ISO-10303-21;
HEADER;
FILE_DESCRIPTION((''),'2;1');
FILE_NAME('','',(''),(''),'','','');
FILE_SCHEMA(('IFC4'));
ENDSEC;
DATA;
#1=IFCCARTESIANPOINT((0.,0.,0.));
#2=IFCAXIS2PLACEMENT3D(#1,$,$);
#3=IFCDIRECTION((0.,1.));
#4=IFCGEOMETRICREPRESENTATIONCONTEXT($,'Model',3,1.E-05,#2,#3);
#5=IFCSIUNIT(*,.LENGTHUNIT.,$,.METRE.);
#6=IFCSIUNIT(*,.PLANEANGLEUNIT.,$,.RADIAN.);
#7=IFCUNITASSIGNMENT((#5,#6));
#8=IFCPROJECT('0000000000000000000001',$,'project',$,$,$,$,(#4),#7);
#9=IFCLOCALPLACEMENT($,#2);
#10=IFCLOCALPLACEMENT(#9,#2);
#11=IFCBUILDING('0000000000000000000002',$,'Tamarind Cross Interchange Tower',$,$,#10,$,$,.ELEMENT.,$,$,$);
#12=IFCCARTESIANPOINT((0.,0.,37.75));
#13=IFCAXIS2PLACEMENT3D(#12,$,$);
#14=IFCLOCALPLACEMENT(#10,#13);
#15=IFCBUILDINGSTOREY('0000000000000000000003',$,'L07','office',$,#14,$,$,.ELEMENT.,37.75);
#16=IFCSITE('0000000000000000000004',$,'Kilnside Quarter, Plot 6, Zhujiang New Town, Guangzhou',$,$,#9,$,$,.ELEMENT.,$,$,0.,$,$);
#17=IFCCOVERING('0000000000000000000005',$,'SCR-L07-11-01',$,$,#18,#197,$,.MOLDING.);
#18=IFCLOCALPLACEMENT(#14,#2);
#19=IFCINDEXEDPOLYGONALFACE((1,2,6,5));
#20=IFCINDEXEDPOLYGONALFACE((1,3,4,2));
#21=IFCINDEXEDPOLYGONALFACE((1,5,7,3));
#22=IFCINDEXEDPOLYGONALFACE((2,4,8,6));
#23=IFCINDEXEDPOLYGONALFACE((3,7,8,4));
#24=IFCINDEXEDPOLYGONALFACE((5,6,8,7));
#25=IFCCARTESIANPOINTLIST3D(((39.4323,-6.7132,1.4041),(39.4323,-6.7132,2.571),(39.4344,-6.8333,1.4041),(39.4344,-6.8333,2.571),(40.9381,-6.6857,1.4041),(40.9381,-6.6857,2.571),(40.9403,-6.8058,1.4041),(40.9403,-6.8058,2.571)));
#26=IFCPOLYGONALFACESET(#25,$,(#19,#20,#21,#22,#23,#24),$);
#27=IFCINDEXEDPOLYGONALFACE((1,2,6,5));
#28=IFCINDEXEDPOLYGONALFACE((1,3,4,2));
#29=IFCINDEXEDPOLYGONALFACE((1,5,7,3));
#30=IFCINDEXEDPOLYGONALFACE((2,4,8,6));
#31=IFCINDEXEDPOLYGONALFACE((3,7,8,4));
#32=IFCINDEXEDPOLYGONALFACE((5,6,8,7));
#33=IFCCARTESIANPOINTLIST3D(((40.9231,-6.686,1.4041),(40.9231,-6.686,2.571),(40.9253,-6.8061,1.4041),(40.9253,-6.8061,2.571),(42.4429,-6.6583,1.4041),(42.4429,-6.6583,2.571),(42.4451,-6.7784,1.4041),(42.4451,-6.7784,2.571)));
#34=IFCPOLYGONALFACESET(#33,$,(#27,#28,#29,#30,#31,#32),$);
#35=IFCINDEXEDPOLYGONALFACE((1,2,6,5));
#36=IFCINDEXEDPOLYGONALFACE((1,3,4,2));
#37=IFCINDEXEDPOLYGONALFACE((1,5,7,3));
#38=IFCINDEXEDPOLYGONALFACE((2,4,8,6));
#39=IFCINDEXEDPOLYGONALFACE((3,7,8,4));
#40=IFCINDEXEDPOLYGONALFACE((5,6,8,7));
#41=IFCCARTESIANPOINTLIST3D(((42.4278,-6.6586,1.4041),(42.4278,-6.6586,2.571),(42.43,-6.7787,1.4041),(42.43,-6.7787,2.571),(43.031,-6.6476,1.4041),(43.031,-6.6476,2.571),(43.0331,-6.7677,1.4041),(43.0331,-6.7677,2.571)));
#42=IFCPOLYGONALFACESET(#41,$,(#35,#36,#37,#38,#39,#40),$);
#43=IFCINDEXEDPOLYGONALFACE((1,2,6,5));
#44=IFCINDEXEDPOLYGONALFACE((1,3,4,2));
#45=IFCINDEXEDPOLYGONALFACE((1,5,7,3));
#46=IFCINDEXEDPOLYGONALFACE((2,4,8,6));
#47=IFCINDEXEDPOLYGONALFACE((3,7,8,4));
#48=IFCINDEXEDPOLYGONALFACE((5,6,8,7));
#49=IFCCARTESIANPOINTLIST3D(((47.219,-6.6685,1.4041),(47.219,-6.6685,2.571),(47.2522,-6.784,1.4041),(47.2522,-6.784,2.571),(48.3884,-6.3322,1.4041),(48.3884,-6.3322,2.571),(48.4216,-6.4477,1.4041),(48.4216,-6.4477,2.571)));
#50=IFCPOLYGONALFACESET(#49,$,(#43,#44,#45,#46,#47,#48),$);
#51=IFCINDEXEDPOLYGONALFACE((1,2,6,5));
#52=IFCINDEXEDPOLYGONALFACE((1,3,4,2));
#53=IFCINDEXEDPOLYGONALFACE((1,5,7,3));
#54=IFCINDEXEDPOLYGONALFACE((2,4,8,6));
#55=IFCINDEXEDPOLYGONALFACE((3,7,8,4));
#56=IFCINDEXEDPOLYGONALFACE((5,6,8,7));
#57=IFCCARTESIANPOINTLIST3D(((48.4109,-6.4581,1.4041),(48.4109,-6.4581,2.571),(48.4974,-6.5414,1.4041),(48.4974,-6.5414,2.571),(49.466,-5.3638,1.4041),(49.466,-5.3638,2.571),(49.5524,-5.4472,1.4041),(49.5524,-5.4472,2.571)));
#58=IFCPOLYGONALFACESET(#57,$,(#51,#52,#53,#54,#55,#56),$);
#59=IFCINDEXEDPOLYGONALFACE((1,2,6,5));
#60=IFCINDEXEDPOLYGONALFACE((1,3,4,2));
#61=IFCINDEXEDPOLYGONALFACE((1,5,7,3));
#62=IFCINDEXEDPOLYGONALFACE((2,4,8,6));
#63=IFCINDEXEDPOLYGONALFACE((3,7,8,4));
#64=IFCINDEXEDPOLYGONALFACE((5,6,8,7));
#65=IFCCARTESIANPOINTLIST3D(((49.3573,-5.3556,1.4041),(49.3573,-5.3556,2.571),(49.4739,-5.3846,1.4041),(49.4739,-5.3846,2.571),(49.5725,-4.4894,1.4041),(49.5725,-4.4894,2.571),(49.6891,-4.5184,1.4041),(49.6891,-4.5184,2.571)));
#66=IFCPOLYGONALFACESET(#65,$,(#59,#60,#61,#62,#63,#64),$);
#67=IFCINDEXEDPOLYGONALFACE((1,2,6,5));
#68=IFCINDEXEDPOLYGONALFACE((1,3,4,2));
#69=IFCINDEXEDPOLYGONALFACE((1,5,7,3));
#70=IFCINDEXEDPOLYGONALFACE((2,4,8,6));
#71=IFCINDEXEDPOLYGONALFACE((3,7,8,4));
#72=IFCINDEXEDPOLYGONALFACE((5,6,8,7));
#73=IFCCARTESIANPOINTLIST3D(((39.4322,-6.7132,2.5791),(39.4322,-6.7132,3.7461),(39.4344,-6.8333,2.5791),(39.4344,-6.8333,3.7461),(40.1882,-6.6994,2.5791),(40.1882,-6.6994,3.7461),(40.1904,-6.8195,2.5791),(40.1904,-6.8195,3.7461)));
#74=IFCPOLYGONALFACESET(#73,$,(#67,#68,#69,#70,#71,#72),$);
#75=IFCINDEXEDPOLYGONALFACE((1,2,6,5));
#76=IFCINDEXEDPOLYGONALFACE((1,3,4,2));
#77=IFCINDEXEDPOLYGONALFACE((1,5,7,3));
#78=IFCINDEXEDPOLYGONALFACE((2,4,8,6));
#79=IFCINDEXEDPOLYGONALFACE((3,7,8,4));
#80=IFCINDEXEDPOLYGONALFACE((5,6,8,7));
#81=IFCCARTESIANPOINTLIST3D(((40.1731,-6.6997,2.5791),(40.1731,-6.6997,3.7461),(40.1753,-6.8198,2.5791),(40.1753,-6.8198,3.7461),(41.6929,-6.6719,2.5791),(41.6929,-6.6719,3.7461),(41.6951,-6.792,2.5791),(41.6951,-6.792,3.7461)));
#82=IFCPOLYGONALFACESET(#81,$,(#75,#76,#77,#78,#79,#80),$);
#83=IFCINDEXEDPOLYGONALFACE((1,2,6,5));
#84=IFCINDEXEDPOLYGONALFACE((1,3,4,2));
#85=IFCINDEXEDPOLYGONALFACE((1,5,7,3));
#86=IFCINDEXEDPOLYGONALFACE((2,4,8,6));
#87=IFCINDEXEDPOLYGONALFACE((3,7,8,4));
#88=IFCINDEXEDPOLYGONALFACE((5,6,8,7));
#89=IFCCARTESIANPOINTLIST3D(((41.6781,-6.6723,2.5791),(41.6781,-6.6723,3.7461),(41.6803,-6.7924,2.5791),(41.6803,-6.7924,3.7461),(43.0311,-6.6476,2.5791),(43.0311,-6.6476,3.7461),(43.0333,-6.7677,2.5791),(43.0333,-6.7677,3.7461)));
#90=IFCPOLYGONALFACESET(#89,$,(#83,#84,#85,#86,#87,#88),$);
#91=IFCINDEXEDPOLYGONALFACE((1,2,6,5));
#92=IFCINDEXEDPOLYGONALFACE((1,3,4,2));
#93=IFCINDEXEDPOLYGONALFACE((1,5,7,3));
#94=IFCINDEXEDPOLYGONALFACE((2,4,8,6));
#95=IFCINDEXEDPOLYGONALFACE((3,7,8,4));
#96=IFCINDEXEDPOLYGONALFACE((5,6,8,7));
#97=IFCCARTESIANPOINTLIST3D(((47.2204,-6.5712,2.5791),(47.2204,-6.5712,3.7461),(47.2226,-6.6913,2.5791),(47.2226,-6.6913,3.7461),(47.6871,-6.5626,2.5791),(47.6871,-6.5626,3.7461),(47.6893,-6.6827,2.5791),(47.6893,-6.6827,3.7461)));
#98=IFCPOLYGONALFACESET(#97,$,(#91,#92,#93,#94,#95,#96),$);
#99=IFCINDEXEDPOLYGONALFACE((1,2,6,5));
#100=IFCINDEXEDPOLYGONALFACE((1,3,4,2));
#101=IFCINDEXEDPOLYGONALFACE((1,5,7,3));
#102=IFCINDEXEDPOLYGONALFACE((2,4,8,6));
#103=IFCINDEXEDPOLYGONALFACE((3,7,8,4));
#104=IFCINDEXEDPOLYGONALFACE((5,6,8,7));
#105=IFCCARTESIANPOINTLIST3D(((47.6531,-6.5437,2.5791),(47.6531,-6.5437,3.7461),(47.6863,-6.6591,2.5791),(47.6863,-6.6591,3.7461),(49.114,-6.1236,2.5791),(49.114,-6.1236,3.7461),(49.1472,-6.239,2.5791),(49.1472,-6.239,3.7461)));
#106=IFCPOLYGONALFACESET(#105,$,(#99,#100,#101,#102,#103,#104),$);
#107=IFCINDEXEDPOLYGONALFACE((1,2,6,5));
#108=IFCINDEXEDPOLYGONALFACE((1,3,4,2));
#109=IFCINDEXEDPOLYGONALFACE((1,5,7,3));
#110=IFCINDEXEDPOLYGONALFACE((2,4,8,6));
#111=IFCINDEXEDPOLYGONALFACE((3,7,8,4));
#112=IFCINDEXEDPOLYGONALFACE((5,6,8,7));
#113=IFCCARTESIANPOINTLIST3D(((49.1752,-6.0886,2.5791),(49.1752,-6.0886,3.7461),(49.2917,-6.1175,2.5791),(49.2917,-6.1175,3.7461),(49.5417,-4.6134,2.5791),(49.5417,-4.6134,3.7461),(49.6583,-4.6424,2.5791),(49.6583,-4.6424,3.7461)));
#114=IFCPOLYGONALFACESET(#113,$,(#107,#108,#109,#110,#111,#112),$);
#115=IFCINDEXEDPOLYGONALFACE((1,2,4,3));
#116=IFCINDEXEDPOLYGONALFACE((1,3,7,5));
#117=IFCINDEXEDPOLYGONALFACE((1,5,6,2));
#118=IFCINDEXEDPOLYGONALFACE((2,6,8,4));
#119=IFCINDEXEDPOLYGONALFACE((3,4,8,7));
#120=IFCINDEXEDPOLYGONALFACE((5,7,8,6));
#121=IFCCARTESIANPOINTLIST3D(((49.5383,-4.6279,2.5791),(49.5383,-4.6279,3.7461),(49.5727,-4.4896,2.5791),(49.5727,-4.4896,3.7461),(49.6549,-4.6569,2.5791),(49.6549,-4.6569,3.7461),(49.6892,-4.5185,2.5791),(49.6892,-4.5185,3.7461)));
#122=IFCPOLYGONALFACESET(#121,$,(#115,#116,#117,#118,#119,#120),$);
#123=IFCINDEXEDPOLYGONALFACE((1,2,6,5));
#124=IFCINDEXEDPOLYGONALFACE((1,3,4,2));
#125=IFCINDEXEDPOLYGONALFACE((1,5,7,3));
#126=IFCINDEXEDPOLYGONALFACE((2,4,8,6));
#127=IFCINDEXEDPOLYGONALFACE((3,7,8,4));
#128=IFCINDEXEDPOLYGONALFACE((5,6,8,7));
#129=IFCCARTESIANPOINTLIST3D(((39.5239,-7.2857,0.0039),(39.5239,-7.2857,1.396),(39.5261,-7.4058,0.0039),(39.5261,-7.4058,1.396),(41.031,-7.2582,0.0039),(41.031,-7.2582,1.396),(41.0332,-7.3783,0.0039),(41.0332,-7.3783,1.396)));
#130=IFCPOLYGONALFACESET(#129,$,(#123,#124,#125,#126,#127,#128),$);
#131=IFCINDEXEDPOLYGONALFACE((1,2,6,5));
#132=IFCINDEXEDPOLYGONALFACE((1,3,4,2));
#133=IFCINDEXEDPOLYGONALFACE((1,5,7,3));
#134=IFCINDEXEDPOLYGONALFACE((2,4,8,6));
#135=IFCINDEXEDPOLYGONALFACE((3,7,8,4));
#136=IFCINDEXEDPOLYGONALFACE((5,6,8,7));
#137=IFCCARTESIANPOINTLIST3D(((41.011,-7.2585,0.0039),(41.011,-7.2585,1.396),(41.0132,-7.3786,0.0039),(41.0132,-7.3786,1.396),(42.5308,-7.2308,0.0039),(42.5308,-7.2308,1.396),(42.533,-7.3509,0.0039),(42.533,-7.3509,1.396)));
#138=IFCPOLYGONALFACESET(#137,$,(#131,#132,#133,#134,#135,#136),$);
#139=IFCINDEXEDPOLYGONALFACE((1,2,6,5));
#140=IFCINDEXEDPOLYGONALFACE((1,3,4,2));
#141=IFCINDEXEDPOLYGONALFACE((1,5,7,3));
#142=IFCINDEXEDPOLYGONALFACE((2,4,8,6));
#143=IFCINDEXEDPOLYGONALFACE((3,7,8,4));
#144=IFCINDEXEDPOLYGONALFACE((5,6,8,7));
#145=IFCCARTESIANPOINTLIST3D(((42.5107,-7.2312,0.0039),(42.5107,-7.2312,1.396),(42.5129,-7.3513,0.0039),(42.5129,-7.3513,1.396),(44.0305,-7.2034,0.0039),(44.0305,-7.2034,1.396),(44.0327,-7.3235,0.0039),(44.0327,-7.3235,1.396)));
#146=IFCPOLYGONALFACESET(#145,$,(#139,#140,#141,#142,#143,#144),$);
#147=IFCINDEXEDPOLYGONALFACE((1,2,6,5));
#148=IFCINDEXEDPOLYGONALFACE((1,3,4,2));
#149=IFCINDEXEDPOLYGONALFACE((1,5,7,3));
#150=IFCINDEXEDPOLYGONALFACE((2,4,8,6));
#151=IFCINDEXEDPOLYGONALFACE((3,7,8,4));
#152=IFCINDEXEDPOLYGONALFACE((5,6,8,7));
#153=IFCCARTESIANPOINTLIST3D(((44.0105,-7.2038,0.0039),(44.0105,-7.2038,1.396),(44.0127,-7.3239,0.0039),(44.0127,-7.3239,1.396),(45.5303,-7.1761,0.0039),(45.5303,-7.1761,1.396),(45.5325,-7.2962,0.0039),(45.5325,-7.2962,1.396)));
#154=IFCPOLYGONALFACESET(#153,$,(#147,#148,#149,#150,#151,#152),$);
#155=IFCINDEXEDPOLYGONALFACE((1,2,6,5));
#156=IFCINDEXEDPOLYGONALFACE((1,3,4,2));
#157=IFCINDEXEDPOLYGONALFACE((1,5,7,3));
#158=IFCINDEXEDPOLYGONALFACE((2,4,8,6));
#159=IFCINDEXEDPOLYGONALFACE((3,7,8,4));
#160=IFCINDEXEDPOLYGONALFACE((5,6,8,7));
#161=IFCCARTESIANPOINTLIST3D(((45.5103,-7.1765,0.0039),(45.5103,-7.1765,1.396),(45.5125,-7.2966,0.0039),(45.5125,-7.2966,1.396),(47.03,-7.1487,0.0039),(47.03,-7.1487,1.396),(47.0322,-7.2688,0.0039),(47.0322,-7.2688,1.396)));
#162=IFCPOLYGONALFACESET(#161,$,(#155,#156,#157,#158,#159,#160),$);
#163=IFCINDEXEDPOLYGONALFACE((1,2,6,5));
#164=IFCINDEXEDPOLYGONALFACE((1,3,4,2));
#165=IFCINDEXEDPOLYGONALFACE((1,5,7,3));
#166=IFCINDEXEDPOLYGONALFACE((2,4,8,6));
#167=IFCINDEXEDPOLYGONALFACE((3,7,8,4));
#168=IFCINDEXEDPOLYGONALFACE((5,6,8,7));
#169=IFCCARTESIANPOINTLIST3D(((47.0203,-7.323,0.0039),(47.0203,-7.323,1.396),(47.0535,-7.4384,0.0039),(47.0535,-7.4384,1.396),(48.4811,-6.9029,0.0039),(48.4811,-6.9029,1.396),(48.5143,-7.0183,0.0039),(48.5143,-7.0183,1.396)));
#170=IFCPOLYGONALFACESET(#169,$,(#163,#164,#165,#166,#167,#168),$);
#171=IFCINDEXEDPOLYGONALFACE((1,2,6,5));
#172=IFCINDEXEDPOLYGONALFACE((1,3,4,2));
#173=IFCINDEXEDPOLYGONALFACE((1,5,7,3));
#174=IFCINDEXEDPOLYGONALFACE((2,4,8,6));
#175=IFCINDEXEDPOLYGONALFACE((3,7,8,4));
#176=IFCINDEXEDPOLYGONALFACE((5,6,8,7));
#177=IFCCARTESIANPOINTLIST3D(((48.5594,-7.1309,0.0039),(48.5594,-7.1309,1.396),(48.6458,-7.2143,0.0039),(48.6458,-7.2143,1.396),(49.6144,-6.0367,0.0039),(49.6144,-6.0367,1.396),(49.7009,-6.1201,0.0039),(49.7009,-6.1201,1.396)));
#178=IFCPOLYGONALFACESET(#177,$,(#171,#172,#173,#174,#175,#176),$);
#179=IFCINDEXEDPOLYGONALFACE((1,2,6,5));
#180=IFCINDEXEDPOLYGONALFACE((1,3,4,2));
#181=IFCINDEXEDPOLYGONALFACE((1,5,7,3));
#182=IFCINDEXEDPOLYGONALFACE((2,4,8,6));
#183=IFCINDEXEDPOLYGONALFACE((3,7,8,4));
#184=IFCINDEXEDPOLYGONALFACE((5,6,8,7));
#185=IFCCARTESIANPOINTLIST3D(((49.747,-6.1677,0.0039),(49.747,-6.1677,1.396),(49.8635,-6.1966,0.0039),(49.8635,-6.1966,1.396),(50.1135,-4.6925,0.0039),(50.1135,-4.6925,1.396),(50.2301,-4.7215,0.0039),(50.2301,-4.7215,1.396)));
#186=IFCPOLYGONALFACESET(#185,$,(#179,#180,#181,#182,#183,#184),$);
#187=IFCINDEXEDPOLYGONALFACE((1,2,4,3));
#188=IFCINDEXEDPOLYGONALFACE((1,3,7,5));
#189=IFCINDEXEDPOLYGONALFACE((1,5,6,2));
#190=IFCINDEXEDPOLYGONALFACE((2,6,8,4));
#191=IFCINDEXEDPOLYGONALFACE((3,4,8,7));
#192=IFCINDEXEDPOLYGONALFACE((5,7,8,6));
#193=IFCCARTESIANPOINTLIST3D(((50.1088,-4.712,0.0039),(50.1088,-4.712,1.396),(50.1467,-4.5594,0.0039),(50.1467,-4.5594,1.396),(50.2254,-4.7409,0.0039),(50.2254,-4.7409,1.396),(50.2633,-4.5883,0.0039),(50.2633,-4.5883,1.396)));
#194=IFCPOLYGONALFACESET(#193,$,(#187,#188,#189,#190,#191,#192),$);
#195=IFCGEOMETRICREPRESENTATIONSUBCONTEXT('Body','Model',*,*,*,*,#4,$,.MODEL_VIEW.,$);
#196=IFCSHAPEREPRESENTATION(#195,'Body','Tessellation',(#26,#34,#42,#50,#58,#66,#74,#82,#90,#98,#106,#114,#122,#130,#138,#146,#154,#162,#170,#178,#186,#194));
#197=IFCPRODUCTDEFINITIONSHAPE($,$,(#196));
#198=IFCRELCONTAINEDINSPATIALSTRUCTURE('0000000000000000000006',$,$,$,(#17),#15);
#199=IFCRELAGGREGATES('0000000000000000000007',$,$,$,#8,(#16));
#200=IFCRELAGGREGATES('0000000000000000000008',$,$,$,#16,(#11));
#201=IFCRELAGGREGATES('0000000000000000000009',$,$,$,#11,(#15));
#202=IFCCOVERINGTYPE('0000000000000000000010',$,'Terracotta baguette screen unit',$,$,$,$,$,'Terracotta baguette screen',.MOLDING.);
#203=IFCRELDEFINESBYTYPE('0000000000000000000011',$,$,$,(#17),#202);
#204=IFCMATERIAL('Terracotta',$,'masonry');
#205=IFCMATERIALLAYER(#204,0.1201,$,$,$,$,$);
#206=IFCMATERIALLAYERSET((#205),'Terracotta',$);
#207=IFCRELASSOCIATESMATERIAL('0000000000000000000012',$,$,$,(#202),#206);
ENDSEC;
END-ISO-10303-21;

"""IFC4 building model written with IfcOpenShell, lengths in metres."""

from ifc_helpers import new_model, si_unit, direction, frame, origin, origin_2d, place, context, subcontext, project, spatial, rectangle, extrude, material, layer, layer_set, type_object, element, save


model = new_model("IFC4")

# Units and contexts
model_context = context("Model", 3, precision=1e-05, world=origin(), true_north=direction((0.0, 1.0)))
body_context = subcontext(model_context, "Body", "Model", "MODEL_VIEW")
ifc_project = project(units=[si_unit("LENGTHUNIT", "METRE"), si_unit("PLANEANGLEUNIT", "RADIAN")], contexts=[model_context])

# Site, building, storey
site_placement = place(None, origin())
site = spatial("IfcSite", under=ifc_project, at=site_placement, Name="Kilnside Quarter, Plot 6, Zhujiang New Town, Guangzhou", CompositionType="ELEMENT", RefElevation=0.0)
building_placement = place(site_placement, origin())
building = spatial("IfcBuilding", under=site, at=building_placement, Name="Tamarind Cross Interchange Tower", CompositionType="ELEMENT")
storey_placement = place(building_placement, frame((0.0, 0.0, 37.75)))
storey = spatial("IfcBuildingStorey", under=building, at=storey_placement, Name="L07", Description="office", CompositionType="ELEMENT", Elevation=37.75)

# Covering
ifc_material_1 = material(Name="Terracotta", Category="masonry")
ifc_layer_1 = layer(ifc_material_1, 0.1201)
ifc_layer_set_1 = layer_set([ifc_layer_1], Name="Terracotta")
covering_type = type_object("IfcCoveringType", Name="Terracotta baguette screen unit", ElementType="Terracotta baguette screen", PredefinedType="MOLDING", material=ifc_layer_set_1)
covering_1_placement = place(storey_placement, origin())
element("IfcCovering", 1, at=covering_1_placement, inside=storey, type_object=covering_type, Name="SCR-L07-11-01", PredefinedType="MOLDING", context=body_context, shape_type="SweptSolid", body=[
    extrude(rectangle(XDim=1.5061, YDim=0.1201, at=origin_2d()), frame((40.1863, -6.7595, 1.4041), z_axis=(0.0, 0.0, 1.0), x_axis=(0.999834, 0.018234, 0.0)), (0.0, 0.0, 1.0), 1.167),
    extrude(rectangle(XDim=1.52, YDim=0.1201, at=origin_2d()), frame((41.6841, -6.7322, 1.4041), z_axis=(0.0, 0.0, 1.0), x_axis=(0.999834, 0.018234, 0.0)), (0.0, 0.0, 1.0), 1.167),
    extrude(rectangle(XDim=0.6033, YDim=0.1201, at=origin_2d()), frame((42.7305, -6.7131, 1.4041), z_axis=(0.0, 0.0, 1.0), x_axis=(0.999834, 0.018234, 0.0)), (0.0, 0.0, 1.0), 1.167),
    extrude(rectangle(XDim=1.2168, YDim=0.1201, at=origin_2d()), frame((47.8203, -6.5581, 1.4041), z_axis=(0.0, 0.0, 1.0), x_axis=(0.961046, 0.276389, 0.0)), (0.0, 0.0, 1.0), 1.167),
    extrude(rectangle(XDim=1.52, YDim=0.1201, at=origin_2d()), frame((48.9817, -5.9526, 1.4041), z_axis=(0.0, 0.0, 1.0), x_axis=(0.694096, 0.719883, 0.0)), (0.0, 0.0, 1.0), 1.167),
    extrude(rectangle(XDim=0.8926, YDim=0.1201, at=origin_2d()), frame((49.5232, -4.937, 1.4041), z_axis=(0.0, 0.0, 1.0), x_axis=(0.241163, 0.970485, 0.0)), (0.0, 0.0, 1.0), 1.167),
    extrude(rectangle(XDim=0.7561, YDim=0.1201, at=origin_2d()), frame((39.8113, -6.7664, 2.5791), z_axis=(0.0, 0.0, 1.0), x_axis=(0.999834, 0.018234, 0.0)), (0.0, 0.0, 1.0), 1.167),
    extrude(rectangle(XDim=1.52, YDim=0.1201, at=origin_2d()), frame((40.9341, -6.7458, 2.5791), z_axis=(0.0, 0.0, 1.0), x_axis=(0.999834, 0.018234, 0.0)), (0.0, 0.0, 1.0), 1.167),
    extrude(rectangle(XDim=1.3533, YDim=0.1201, at=origin_2d()), frame((42.3557, -6.72, 2.5791), z_axis=(0.0, 0.0, 1.0), x_axis=(0.999834, 0.018234, 0.0)), (0.0, 0.0, 1.0), 1.167),
    extrude(rectangle(XDim=0.4668, YDim=0.1201, at=origin_2d()), frame((47.4548, -6.627, 2.5791), z_axis=(0.0, 0.0, 1.0), x_axis=(0.999834, 0.018234, 0.0)), (0.0, 0.0, 1.0), 1.167),
    extrude(rectangle(XDim=1.52, YDim=0.1201, at=origin_2d()), frame((48.4001, -6.3914, 2.5791), z_axis=(0.0, 0.0, 1.0), x_axis=(0.961046, 0.276389, 0.0)), (0.0, 0.0, 1.0), 1.167),
    extrude(rectangle(XDim=1.52, YDim=0.1201, at=origin_2d()), frame((49.4167, -5.3655, 2.5791), z_axis=(0.0, 0.0, 1.0), x_axis=(0.241163, 0.970485, 0.0)), (0.0, 0.0, 1.0), 1.167),
    extrude(rectangle(XDim=0.1426, YDim=0.1201, at=origin_2d()), frame((49.6138, -4.5732, 2.5791), z_axis=(0.0, 0.0, 1.0), x_axis=(0.241163, 0.970485, 0.0)), (0.0, 0.0, 1.0), 1.167),
    extrude(rectangle(XDim=1.5073, YDim=0.1201, at=origin_2d()), frame((40.2786, -7.332, 0.0039), z_axis=(0.0, 0.0, 1.0), x_axis=(0.999834, 0.018234, 0.0)), (0.0, 0.0, 1.0), 1.3921),
    extrude(rectangle(XDim=1.52, YDim=0.1201, at=origin_2d()), frame((41.772, -7.3047, 0.0039), z_axis=(0.0, 0.0, 1.0), x_axis=(0.999834, 0.018234, 0.0)), (0.0, 0.0, 1.0), 1.3921),
    extrude(rectangle(XDim=1.52, YDim=0.1201, at=origin_2d()), frame((43.2717, -7.2773, 0.0039), z_axis=(0.0, 0.0, 1.0), x_axis=(0.999834, 0.018234, 0.0)), (0.0, 0.0, 1.0), 1.3921),
    extrude(rectangle(XDim=1.52, YDim=0.1201, at=origin_2d()), frame((44.7715, -7.25, 0.0039), z_axis=(0.0, 0.0, 1.0), x_axis=(0.999834, 0.018234, 0.0)), (0.0, 0.0, 1.0), 1.3921),
    extrude(rectangle(XDim=1.52, YDim=0.1201, at=origin_2d()), frame((46.2712, -7.2227, 0.0039), z_axis=(0.0, 0.0, 1.0), x_axis=(0.999834, 0.018234, 0.0)), (0.0, 0.0, 1.0), 1.3921),
    extrude(rectangle(XDim=1.52, YDim=0.1201, at=origin_2d()), frame((47.7673, -7.1707, 0.0039), z_axis=(0.0, 0.0, 1.0), x_axis=(0.961046, 0.276389, 0.0)), (0.0, 0.0, 1.0), 1.3921),
    extrude(rectangle(XDim=1.52, YDim=0.1201, at=origin_2d()), frame((49.1301, -6.6255, 0.0039), z_axis=(0.0, 0.0, 1.0), x_axis=(0.694096, 0.719883, 0.0)), (0.0, 0.0, 1.0), 1.3921),
    extrude(rectangle(XDim=1.52, YDim=0.1201, at=origin_2d()), frame((49.9885, -5.4446, 0.0039), z_axis=(0.0, 0.0, 1.0), x_axis=(0.241163, 0.970485, 0.0)), (0.0, 0.0, 1.0), 1.3921),
    extrude(rectangle(XDim=0.1572, YDim=0.1201, at=origin_2d()), frame((50.186, -4.6501, 0.0039), z_axis=(0.0, 0.0, 1.0), x_axis=(0.241163, 0.970485, 0.0)), (0.0, 0.0, 1.0), 1.3921),
])

save(model, "model.ifc")
